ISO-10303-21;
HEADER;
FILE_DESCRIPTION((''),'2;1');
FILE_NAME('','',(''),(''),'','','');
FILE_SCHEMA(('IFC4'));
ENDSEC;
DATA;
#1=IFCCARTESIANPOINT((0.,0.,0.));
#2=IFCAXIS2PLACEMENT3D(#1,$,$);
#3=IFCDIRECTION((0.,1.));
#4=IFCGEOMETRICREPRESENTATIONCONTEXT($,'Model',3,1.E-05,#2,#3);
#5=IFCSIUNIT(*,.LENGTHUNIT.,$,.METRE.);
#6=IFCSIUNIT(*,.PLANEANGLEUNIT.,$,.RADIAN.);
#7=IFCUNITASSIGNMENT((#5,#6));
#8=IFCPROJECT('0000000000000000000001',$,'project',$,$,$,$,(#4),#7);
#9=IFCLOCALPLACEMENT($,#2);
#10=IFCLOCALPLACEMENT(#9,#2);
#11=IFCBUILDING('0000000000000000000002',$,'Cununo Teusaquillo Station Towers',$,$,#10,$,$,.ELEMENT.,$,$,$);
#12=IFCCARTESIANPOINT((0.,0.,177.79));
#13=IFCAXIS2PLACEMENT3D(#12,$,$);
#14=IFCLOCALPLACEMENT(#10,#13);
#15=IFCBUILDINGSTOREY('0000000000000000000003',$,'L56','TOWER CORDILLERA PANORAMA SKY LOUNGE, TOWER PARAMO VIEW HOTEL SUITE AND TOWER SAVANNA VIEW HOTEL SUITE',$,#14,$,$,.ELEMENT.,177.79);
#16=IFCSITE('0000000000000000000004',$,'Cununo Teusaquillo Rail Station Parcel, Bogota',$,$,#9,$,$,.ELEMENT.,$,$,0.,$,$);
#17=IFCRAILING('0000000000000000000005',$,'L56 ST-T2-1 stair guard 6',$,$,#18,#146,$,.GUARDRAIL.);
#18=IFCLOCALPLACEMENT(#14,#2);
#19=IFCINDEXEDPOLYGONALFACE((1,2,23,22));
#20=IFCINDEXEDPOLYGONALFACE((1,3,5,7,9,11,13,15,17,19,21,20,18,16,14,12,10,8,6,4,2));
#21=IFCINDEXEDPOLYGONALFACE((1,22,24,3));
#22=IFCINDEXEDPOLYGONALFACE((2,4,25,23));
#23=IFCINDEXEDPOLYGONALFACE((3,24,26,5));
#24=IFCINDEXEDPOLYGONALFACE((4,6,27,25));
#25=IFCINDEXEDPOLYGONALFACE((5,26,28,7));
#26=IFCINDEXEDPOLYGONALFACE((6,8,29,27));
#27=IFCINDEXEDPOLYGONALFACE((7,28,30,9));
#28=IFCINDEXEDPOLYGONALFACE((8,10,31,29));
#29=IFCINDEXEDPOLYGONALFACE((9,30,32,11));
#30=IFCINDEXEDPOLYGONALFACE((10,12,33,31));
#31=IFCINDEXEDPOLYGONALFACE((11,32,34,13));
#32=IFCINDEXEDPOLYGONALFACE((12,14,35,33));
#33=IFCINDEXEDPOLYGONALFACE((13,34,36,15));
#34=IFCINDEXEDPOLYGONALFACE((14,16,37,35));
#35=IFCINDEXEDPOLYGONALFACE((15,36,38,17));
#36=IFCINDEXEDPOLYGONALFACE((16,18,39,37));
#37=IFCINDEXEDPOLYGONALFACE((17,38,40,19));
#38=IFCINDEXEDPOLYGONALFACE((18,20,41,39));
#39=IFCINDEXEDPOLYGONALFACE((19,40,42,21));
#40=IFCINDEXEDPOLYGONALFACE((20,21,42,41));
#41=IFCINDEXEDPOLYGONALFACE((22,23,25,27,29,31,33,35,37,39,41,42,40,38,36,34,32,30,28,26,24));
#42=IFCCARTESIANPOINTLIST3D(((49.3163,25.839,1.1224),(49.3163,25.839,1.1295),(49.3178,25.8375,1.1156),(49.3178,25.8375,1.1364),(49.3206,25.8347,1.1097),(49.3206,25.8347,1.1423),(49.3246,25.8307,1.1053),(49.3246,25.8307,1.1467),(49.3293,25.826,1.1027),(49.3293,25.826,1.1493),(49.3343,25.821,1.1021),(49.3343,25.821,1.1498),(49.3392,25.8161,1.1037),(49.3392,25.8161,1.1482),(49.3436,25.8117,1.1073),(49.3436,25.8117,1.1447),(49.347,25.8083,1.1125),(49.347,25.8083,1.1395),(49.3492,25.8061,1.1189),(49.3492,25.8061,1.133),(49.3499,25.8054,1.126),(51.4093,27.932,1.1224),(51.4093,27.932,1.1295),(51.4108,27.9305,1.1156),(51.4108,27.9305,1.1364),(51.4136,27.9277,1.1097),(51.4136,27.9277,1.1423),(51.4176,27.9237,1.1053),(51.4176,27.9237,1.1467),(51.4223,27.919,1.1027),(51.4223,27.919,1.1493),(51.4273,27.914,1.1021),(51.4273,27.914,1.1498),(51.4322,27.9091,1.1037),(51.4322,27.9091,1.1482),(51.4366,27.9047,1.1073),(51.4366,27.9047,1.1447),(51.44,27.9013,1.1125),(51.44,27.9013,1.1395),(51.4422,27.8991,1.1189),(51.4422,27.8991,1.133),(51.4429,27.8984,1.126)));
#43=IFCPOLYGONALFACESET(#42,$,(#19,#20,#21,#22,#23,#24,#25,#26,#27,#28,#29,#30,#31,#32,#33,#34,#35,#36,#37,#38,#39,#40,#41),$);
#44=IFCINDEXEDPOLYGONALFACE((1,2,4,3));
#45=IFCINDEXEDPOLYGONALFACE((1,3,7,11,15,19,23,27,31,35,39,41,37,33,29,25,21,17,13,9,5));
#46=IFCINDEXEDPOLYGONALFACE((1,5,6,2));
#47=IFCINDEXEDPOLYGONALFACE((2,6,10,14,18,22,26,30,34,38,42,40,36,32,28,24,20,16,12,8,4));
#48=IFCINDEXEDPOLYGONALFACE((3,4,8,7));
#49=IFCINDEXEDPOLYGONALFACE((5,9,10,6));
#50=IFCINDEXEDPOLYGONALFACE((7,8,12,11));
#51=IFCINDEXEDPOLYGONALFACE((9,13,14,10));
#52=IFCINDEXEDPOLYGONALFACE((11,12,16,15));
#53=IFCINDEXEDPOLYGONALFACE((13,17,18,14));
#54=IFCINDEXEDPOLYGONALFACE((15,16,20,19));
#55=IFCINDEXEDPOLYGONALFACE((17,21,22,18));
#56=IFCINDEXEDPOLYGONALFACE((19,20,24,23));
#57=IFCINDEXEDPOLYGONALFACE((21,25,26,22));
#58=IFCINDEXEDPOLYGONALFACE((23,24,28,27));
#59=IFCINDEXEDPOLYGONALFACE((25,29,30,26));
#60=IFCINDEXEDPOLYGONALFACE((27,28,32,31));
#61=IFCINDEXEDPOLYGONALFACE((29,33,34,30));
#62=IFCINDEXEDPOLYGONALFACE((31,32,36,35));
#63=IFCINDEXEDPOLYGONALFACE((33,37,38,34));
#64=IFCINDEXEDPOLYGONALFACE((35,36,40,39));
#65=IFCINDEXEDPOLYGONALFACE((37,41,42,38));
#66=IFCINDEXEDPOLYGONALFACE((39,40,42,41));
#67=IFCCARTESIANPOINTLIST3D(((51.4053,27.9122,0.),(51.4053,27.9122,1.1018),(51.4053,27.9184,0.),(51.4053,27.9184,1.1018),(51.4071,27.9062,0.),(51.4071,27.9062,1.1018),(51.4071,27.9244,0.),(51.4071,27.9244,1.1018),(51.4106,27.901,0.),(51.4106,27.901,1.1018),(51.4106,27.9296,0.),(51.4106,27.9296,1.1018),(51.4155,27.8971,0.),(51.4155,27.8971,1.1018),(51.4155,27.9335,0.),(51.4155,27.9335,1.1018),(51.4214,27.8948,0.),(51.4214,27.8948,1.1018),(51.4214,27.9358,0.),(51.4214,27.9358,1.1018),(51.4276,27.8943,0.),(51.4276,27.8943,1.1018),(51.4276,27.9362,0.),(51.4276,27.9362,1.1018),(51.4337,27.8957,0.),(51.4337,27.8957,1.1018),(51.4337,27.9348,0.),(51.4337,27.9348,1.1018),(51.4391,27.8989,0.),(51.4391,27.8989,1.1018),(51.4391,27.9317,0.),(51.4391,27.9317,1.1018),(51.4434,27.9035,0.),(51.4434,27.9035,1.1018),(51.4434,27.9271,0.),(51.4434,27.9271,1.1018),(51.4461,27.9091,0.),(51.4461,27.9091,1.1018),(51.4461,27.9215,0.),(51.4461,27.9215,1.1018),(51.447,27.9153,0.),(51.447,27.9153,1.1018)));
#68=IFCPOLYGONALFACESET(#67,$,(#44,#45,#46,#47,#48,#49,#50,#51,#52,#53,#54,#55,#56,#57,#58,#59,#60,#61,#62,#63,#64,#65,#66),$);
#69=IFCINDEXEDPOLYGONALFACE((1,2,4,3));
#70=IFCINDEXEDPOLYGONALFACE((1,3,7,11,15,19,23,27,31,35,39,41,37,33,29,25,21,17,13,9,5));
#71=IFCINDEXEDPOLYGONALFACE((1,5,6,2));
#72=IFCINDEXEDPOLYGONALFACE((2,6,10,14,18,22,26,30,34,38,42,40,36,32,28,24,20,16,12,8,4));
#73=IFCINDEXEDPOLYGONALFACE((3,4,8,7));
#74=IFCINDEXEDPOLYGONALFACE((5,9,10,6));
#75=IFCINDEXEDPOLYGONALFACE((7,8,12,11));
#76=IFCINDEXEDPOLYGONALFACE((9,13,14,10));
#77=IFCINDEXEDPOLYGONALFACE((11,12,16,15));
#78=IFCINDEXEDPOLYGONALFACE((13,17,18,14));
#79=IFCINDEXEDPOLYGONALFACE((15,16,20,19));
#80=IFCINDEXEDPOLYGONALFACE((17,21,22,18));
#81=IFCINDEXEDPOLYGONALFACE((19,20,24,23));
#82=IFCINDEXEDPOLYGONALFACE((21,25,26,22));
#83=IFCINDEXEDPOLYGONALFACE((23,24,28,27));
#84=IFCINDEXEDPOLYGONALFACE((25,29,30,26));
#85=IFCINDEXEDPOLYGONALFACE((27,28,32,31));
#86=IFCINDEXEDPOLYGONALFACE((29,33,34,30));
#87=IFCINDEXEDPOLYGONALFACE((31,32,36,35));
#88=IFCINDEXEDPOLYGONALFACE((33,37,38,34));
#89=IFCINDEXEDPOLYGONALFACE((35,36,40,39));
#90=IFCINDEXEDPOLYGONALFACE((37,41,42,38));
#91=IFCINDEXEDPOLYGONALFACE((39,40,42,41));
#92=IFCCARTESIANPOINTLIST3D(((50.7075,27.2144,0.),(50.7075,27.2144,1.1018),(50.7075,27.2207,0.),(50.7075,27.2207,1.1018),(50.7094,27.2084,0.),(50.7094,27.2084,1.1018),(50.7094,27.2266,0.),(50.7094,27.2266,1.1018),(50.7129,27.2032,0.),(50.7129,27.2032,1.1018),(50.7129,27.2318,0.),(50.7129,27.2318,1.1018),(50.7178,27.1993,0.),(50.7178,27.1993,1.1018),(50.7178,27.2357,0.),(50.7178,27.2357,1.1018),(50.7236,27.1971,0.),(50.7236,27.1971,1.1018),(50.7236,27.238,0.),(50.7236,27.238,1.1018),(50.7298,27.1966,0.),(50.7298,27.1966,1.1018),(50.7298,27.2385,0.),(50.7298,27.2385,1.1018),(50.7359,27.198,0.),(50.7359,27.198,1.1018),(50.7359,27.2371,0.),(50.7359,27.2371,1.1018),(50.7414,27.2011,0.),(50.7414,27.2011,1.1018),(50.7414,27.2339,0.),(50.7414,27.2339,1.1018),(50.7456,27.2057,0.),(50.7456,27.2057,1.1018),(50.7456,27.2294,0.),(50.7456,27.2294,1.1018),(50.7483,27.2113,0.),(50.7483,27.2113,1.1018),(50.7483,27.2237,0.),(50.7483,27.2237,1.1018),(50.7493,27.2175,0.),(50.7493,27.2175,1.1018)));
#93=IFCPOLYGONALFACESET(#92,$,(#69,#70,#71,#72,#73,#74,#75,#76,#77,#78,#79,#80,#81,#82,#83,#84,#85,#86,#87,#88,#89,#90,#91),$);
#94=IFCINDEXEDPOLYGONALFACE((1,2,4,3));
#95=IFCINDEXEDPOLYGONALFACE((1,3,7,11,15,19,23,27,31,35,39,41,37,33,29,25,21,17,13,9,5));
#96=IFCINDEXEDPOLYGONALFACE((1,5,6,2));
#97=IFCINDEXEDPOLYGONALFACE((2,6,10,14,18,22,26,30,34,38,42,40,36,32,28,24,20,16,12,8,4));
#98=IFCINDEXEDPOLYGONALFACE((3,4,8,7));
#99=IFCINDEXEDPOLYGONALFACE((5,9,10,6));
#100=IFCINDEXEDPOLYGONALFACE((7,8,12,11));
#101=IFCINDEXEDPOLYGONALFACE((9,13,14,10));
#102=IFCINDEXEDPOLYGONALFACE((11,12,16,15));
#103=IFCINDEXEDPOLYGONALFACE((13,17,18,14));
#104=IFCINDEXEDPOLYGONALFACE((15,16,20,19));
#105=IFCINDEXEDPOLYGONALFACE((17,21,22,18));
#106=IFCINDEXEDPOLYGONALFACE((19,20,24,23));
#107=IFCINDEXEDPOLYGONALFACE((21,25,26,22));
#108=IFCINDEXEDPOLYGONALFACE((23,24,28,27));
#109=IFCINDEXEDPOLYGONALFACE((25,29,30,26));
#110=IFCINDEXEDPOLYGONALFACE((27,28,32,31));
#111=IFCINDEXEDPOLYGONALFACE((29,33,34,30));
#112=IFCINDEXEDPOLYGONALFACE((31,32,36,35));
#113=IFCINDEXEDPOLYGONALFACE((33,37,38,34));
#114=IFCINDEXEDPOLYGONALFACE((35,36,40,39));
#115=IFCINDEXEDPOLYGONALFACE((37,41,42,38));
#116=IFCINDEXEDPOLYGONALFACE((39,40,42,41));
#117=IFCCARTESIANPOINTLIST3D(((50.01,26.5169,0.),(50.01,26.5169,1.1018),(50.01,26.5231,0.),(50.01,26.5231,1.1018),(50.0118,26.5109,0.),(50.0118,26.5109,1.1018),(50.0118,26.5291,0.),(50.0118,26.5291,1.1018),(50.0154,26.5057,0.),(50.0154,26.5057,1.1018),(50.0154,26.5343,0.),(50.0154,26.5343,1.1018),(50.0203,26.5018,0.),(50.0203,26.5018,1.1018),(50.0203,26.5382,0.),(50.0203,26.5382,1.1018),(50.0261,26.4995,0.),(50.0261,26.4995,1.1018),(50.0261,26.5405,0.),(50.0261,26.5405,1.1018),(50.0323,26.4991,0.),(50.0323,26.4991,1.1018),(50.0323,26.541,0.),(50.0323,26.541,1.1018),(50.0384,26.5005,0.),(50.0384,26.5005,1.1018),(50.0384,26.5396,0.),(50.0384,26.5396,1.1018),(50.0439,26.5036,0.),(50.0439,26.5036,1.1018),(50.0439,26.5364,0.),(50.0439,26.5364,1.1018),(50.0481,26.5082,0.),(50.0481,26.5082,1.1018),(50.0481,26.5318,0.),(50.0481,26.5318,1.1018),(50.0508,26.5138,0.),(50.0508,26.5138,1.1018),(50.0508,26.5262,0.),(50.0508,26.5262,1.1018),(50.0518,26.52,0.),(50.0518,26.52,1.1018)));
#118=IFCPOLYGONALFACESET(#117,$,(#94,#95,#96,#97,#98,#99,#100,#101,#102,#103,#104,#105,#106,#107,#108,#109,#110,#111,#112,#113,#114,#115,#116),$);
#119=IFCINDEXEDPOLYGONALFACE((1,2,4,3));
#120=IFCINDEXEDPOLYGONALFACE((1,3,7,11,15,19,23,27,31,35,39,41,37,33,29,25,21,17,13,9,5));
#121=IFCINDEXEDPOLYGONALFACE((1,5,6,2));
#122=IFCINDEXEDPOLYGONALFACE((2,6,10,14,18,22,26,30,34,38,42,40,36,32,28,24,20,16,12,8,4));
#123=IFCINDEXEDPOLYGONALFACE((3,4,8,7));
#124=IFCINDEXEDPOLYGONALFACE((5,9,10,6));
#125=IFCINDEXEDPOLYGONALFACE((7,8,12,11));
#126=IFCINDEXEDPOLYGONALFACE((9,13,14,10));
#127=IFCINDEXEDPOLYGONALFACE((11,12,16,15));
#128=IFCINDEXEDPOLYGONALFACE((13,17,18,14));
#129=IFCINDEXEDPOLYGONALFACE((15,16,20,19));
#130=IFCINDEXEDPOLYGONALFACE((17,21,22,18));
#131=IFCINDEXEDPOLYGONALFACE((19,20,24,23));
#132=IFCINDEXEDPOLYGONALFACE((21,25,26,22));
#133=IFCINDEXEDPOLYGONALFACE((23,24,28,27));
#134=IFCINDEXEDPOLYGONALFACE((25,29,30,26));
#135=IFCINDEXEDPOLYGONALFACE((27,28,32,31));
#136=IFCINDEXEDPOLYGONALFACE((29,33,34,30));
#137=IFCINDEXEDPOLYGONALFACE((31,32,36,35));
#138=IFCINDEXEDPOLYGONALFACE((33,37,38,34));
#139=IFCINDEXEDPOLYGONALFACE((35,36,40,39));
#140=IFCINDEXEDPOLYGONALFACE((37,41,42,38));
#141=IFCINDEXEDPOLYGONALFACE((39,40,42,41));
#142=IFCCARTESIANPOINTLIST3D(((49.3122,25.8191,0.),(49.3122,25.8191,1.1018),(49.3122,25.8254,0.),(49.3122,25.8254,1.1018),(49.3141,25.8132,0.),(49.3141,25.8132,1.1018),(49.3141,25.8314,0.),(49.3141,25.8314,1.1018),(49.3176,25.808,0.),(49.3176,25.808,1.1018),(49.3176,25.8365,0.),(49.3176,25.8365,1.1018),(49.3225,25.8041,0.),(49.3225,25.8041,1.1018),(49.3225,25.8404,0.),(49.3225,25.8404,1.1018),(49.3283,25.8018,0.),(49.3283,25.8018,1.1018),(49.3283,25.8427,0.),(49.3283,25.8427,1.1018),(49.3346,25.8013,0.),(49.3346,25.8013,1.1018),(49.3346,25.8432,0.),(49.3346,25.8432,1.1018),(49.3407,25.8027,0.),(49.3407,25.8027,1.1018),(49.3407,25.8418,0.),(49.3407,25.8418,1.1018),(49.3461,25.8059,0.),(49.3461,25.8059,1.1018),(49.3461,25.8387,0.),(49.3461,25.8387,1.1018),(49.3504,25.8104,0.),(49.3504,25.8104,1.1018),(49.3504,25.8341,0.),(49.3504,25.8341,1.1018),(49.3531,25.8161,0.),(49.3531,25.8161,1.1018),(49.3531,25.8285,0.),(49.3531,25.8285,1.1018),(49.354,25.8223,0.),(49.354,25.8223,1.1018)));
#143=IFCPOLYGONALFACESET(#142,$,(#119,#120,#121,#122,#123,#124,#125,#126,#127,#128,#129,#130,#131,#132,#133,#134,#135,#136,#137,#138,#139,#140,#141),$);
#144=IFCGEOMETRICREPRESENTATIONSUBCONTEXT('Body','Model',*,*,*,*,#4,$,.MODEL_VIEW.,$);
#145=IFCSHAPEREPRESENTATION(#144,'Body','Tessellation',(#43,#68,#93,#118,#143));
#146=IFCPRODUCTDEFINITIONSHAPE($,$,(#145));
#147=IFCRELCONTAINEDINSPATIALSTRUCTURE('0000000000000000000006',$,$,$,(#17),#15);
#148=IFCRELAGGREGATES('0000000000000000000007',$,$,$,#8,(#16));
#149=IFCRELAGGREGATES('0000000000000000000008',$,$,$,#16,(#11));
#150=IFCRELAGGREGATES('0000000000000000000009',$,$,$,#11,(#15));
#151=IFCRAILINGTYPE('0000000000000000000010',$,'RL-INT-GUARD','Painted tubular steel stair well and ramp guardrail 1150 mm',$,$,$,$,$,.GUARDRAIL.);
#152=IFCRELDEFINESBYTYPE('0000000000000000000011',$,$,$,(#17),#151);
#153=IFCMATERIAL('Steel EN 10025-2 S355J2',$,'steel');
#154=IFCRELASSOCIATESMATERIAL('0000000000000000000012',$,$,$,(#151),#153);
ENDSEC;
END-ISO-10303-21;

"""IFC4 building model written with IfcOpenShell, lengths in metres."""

from ifc_helpers import new_model, si_unit, direction, frame, origin, origin_2d, place, context, subcontext, project, spatial, circle, extrude, material, type_object, element, save


model = new_model("IFC4")

# Units and contexts
model_context = context("Model", 3, precision=1e-05, world=origin(), true_north=direction((0.0, 1.0)))
body_context = subcontext(model_context, "Body", "Model", "MODEL_VIEW")
ifc_project = project(units=[si_unit("LENGTHUNIT", "METRE"), si_unit("PLANEANGLEUNIT", "RADIAN")], contexts=[model_context])

# Site, building, storey
site_placement = place(None, origin())
site = spatial("IfcSite", under=ifc_project, at=site_placement, Name="Cununo Teusaquillo Rail Station Parcel, Bogota", CompositionType="ELEMENT", RefElevation=0.0)
building_placement = place(site_placement, origin())
building = spatial("IfcBuilding", under=site, at=building_placement, Name="Cununo Teusaquillo Station Towers", CompositionType="ELEMENT")
storey_placement = place(building_placement, frame((0.0, 0.0, 177.79)))
storey = spatial("IfcBuildingStorey", under=building, at=storey_placement, Name="L56", Description="TOWER CORDILLERA PANORAMA SKY LOUNGE, TOWER PARAMO VIEW HOTEL SUITE AND TOWER SAVANNA VIEW HOTEL SUITE", CompositionType="ELEMENT", Elevation=177.79)

# Railing
ifc_material_1 = material(Name="Steel EN 10025-2 S355J2", Category="steel")
railing_type = type_object("IfcRailingType", Name="RL-INT-GUARD", Description="Painted tubular steel stair well and ramp guardrail 1150 mm", PredefinedType="GUARDRAIL", material=ifc_material_1)
railing_1_placement = place(storey_placement, frame((51.426, 27.9153, 0.0)))
element("IfcRailing", 1, at=railing_1_placement, inside=storey, type_object=railing_type, Name="L56 ST-T2-1 stair guard 6", PredefinedType="GUARDRAIL", context=body_context, shape_type="SweptSolid", body=[
    extrude(circle(Radius=0.0239, at=origin_2d()), frame((0.0, 0.0, 1.126), z_axis=(-0.707107, -0.707107, 0.0), x_axis=(0.707107, -0.707107, 0.0)), (0.0, 0.0, 1.0), 2.96),
    extrude(circle(Radius=0.021, at=origin_2d()), origin(), (0.0, 0.0, 1.0), 1.1018),
    extrude(circle(Radius=0.021, at=origin_2d()), frame((-0.6978, -0.6978, 0.0)), (0.0, 0.0, 1.0), 1.1018),
    extrude(circle(Radius=0.021, at=origin_2d()), frame((-1.3953, -1.3953, 0.0)), (0.0, 0.0, 1.0), 1.1018),
    extrude(circle(Radius=0.021, at=origin_2d()), frame((-2.093, -2.093, 0.0)), (0.0, 0.0, 1.0), 1.1018),
])

save(model, "model.ifc")
